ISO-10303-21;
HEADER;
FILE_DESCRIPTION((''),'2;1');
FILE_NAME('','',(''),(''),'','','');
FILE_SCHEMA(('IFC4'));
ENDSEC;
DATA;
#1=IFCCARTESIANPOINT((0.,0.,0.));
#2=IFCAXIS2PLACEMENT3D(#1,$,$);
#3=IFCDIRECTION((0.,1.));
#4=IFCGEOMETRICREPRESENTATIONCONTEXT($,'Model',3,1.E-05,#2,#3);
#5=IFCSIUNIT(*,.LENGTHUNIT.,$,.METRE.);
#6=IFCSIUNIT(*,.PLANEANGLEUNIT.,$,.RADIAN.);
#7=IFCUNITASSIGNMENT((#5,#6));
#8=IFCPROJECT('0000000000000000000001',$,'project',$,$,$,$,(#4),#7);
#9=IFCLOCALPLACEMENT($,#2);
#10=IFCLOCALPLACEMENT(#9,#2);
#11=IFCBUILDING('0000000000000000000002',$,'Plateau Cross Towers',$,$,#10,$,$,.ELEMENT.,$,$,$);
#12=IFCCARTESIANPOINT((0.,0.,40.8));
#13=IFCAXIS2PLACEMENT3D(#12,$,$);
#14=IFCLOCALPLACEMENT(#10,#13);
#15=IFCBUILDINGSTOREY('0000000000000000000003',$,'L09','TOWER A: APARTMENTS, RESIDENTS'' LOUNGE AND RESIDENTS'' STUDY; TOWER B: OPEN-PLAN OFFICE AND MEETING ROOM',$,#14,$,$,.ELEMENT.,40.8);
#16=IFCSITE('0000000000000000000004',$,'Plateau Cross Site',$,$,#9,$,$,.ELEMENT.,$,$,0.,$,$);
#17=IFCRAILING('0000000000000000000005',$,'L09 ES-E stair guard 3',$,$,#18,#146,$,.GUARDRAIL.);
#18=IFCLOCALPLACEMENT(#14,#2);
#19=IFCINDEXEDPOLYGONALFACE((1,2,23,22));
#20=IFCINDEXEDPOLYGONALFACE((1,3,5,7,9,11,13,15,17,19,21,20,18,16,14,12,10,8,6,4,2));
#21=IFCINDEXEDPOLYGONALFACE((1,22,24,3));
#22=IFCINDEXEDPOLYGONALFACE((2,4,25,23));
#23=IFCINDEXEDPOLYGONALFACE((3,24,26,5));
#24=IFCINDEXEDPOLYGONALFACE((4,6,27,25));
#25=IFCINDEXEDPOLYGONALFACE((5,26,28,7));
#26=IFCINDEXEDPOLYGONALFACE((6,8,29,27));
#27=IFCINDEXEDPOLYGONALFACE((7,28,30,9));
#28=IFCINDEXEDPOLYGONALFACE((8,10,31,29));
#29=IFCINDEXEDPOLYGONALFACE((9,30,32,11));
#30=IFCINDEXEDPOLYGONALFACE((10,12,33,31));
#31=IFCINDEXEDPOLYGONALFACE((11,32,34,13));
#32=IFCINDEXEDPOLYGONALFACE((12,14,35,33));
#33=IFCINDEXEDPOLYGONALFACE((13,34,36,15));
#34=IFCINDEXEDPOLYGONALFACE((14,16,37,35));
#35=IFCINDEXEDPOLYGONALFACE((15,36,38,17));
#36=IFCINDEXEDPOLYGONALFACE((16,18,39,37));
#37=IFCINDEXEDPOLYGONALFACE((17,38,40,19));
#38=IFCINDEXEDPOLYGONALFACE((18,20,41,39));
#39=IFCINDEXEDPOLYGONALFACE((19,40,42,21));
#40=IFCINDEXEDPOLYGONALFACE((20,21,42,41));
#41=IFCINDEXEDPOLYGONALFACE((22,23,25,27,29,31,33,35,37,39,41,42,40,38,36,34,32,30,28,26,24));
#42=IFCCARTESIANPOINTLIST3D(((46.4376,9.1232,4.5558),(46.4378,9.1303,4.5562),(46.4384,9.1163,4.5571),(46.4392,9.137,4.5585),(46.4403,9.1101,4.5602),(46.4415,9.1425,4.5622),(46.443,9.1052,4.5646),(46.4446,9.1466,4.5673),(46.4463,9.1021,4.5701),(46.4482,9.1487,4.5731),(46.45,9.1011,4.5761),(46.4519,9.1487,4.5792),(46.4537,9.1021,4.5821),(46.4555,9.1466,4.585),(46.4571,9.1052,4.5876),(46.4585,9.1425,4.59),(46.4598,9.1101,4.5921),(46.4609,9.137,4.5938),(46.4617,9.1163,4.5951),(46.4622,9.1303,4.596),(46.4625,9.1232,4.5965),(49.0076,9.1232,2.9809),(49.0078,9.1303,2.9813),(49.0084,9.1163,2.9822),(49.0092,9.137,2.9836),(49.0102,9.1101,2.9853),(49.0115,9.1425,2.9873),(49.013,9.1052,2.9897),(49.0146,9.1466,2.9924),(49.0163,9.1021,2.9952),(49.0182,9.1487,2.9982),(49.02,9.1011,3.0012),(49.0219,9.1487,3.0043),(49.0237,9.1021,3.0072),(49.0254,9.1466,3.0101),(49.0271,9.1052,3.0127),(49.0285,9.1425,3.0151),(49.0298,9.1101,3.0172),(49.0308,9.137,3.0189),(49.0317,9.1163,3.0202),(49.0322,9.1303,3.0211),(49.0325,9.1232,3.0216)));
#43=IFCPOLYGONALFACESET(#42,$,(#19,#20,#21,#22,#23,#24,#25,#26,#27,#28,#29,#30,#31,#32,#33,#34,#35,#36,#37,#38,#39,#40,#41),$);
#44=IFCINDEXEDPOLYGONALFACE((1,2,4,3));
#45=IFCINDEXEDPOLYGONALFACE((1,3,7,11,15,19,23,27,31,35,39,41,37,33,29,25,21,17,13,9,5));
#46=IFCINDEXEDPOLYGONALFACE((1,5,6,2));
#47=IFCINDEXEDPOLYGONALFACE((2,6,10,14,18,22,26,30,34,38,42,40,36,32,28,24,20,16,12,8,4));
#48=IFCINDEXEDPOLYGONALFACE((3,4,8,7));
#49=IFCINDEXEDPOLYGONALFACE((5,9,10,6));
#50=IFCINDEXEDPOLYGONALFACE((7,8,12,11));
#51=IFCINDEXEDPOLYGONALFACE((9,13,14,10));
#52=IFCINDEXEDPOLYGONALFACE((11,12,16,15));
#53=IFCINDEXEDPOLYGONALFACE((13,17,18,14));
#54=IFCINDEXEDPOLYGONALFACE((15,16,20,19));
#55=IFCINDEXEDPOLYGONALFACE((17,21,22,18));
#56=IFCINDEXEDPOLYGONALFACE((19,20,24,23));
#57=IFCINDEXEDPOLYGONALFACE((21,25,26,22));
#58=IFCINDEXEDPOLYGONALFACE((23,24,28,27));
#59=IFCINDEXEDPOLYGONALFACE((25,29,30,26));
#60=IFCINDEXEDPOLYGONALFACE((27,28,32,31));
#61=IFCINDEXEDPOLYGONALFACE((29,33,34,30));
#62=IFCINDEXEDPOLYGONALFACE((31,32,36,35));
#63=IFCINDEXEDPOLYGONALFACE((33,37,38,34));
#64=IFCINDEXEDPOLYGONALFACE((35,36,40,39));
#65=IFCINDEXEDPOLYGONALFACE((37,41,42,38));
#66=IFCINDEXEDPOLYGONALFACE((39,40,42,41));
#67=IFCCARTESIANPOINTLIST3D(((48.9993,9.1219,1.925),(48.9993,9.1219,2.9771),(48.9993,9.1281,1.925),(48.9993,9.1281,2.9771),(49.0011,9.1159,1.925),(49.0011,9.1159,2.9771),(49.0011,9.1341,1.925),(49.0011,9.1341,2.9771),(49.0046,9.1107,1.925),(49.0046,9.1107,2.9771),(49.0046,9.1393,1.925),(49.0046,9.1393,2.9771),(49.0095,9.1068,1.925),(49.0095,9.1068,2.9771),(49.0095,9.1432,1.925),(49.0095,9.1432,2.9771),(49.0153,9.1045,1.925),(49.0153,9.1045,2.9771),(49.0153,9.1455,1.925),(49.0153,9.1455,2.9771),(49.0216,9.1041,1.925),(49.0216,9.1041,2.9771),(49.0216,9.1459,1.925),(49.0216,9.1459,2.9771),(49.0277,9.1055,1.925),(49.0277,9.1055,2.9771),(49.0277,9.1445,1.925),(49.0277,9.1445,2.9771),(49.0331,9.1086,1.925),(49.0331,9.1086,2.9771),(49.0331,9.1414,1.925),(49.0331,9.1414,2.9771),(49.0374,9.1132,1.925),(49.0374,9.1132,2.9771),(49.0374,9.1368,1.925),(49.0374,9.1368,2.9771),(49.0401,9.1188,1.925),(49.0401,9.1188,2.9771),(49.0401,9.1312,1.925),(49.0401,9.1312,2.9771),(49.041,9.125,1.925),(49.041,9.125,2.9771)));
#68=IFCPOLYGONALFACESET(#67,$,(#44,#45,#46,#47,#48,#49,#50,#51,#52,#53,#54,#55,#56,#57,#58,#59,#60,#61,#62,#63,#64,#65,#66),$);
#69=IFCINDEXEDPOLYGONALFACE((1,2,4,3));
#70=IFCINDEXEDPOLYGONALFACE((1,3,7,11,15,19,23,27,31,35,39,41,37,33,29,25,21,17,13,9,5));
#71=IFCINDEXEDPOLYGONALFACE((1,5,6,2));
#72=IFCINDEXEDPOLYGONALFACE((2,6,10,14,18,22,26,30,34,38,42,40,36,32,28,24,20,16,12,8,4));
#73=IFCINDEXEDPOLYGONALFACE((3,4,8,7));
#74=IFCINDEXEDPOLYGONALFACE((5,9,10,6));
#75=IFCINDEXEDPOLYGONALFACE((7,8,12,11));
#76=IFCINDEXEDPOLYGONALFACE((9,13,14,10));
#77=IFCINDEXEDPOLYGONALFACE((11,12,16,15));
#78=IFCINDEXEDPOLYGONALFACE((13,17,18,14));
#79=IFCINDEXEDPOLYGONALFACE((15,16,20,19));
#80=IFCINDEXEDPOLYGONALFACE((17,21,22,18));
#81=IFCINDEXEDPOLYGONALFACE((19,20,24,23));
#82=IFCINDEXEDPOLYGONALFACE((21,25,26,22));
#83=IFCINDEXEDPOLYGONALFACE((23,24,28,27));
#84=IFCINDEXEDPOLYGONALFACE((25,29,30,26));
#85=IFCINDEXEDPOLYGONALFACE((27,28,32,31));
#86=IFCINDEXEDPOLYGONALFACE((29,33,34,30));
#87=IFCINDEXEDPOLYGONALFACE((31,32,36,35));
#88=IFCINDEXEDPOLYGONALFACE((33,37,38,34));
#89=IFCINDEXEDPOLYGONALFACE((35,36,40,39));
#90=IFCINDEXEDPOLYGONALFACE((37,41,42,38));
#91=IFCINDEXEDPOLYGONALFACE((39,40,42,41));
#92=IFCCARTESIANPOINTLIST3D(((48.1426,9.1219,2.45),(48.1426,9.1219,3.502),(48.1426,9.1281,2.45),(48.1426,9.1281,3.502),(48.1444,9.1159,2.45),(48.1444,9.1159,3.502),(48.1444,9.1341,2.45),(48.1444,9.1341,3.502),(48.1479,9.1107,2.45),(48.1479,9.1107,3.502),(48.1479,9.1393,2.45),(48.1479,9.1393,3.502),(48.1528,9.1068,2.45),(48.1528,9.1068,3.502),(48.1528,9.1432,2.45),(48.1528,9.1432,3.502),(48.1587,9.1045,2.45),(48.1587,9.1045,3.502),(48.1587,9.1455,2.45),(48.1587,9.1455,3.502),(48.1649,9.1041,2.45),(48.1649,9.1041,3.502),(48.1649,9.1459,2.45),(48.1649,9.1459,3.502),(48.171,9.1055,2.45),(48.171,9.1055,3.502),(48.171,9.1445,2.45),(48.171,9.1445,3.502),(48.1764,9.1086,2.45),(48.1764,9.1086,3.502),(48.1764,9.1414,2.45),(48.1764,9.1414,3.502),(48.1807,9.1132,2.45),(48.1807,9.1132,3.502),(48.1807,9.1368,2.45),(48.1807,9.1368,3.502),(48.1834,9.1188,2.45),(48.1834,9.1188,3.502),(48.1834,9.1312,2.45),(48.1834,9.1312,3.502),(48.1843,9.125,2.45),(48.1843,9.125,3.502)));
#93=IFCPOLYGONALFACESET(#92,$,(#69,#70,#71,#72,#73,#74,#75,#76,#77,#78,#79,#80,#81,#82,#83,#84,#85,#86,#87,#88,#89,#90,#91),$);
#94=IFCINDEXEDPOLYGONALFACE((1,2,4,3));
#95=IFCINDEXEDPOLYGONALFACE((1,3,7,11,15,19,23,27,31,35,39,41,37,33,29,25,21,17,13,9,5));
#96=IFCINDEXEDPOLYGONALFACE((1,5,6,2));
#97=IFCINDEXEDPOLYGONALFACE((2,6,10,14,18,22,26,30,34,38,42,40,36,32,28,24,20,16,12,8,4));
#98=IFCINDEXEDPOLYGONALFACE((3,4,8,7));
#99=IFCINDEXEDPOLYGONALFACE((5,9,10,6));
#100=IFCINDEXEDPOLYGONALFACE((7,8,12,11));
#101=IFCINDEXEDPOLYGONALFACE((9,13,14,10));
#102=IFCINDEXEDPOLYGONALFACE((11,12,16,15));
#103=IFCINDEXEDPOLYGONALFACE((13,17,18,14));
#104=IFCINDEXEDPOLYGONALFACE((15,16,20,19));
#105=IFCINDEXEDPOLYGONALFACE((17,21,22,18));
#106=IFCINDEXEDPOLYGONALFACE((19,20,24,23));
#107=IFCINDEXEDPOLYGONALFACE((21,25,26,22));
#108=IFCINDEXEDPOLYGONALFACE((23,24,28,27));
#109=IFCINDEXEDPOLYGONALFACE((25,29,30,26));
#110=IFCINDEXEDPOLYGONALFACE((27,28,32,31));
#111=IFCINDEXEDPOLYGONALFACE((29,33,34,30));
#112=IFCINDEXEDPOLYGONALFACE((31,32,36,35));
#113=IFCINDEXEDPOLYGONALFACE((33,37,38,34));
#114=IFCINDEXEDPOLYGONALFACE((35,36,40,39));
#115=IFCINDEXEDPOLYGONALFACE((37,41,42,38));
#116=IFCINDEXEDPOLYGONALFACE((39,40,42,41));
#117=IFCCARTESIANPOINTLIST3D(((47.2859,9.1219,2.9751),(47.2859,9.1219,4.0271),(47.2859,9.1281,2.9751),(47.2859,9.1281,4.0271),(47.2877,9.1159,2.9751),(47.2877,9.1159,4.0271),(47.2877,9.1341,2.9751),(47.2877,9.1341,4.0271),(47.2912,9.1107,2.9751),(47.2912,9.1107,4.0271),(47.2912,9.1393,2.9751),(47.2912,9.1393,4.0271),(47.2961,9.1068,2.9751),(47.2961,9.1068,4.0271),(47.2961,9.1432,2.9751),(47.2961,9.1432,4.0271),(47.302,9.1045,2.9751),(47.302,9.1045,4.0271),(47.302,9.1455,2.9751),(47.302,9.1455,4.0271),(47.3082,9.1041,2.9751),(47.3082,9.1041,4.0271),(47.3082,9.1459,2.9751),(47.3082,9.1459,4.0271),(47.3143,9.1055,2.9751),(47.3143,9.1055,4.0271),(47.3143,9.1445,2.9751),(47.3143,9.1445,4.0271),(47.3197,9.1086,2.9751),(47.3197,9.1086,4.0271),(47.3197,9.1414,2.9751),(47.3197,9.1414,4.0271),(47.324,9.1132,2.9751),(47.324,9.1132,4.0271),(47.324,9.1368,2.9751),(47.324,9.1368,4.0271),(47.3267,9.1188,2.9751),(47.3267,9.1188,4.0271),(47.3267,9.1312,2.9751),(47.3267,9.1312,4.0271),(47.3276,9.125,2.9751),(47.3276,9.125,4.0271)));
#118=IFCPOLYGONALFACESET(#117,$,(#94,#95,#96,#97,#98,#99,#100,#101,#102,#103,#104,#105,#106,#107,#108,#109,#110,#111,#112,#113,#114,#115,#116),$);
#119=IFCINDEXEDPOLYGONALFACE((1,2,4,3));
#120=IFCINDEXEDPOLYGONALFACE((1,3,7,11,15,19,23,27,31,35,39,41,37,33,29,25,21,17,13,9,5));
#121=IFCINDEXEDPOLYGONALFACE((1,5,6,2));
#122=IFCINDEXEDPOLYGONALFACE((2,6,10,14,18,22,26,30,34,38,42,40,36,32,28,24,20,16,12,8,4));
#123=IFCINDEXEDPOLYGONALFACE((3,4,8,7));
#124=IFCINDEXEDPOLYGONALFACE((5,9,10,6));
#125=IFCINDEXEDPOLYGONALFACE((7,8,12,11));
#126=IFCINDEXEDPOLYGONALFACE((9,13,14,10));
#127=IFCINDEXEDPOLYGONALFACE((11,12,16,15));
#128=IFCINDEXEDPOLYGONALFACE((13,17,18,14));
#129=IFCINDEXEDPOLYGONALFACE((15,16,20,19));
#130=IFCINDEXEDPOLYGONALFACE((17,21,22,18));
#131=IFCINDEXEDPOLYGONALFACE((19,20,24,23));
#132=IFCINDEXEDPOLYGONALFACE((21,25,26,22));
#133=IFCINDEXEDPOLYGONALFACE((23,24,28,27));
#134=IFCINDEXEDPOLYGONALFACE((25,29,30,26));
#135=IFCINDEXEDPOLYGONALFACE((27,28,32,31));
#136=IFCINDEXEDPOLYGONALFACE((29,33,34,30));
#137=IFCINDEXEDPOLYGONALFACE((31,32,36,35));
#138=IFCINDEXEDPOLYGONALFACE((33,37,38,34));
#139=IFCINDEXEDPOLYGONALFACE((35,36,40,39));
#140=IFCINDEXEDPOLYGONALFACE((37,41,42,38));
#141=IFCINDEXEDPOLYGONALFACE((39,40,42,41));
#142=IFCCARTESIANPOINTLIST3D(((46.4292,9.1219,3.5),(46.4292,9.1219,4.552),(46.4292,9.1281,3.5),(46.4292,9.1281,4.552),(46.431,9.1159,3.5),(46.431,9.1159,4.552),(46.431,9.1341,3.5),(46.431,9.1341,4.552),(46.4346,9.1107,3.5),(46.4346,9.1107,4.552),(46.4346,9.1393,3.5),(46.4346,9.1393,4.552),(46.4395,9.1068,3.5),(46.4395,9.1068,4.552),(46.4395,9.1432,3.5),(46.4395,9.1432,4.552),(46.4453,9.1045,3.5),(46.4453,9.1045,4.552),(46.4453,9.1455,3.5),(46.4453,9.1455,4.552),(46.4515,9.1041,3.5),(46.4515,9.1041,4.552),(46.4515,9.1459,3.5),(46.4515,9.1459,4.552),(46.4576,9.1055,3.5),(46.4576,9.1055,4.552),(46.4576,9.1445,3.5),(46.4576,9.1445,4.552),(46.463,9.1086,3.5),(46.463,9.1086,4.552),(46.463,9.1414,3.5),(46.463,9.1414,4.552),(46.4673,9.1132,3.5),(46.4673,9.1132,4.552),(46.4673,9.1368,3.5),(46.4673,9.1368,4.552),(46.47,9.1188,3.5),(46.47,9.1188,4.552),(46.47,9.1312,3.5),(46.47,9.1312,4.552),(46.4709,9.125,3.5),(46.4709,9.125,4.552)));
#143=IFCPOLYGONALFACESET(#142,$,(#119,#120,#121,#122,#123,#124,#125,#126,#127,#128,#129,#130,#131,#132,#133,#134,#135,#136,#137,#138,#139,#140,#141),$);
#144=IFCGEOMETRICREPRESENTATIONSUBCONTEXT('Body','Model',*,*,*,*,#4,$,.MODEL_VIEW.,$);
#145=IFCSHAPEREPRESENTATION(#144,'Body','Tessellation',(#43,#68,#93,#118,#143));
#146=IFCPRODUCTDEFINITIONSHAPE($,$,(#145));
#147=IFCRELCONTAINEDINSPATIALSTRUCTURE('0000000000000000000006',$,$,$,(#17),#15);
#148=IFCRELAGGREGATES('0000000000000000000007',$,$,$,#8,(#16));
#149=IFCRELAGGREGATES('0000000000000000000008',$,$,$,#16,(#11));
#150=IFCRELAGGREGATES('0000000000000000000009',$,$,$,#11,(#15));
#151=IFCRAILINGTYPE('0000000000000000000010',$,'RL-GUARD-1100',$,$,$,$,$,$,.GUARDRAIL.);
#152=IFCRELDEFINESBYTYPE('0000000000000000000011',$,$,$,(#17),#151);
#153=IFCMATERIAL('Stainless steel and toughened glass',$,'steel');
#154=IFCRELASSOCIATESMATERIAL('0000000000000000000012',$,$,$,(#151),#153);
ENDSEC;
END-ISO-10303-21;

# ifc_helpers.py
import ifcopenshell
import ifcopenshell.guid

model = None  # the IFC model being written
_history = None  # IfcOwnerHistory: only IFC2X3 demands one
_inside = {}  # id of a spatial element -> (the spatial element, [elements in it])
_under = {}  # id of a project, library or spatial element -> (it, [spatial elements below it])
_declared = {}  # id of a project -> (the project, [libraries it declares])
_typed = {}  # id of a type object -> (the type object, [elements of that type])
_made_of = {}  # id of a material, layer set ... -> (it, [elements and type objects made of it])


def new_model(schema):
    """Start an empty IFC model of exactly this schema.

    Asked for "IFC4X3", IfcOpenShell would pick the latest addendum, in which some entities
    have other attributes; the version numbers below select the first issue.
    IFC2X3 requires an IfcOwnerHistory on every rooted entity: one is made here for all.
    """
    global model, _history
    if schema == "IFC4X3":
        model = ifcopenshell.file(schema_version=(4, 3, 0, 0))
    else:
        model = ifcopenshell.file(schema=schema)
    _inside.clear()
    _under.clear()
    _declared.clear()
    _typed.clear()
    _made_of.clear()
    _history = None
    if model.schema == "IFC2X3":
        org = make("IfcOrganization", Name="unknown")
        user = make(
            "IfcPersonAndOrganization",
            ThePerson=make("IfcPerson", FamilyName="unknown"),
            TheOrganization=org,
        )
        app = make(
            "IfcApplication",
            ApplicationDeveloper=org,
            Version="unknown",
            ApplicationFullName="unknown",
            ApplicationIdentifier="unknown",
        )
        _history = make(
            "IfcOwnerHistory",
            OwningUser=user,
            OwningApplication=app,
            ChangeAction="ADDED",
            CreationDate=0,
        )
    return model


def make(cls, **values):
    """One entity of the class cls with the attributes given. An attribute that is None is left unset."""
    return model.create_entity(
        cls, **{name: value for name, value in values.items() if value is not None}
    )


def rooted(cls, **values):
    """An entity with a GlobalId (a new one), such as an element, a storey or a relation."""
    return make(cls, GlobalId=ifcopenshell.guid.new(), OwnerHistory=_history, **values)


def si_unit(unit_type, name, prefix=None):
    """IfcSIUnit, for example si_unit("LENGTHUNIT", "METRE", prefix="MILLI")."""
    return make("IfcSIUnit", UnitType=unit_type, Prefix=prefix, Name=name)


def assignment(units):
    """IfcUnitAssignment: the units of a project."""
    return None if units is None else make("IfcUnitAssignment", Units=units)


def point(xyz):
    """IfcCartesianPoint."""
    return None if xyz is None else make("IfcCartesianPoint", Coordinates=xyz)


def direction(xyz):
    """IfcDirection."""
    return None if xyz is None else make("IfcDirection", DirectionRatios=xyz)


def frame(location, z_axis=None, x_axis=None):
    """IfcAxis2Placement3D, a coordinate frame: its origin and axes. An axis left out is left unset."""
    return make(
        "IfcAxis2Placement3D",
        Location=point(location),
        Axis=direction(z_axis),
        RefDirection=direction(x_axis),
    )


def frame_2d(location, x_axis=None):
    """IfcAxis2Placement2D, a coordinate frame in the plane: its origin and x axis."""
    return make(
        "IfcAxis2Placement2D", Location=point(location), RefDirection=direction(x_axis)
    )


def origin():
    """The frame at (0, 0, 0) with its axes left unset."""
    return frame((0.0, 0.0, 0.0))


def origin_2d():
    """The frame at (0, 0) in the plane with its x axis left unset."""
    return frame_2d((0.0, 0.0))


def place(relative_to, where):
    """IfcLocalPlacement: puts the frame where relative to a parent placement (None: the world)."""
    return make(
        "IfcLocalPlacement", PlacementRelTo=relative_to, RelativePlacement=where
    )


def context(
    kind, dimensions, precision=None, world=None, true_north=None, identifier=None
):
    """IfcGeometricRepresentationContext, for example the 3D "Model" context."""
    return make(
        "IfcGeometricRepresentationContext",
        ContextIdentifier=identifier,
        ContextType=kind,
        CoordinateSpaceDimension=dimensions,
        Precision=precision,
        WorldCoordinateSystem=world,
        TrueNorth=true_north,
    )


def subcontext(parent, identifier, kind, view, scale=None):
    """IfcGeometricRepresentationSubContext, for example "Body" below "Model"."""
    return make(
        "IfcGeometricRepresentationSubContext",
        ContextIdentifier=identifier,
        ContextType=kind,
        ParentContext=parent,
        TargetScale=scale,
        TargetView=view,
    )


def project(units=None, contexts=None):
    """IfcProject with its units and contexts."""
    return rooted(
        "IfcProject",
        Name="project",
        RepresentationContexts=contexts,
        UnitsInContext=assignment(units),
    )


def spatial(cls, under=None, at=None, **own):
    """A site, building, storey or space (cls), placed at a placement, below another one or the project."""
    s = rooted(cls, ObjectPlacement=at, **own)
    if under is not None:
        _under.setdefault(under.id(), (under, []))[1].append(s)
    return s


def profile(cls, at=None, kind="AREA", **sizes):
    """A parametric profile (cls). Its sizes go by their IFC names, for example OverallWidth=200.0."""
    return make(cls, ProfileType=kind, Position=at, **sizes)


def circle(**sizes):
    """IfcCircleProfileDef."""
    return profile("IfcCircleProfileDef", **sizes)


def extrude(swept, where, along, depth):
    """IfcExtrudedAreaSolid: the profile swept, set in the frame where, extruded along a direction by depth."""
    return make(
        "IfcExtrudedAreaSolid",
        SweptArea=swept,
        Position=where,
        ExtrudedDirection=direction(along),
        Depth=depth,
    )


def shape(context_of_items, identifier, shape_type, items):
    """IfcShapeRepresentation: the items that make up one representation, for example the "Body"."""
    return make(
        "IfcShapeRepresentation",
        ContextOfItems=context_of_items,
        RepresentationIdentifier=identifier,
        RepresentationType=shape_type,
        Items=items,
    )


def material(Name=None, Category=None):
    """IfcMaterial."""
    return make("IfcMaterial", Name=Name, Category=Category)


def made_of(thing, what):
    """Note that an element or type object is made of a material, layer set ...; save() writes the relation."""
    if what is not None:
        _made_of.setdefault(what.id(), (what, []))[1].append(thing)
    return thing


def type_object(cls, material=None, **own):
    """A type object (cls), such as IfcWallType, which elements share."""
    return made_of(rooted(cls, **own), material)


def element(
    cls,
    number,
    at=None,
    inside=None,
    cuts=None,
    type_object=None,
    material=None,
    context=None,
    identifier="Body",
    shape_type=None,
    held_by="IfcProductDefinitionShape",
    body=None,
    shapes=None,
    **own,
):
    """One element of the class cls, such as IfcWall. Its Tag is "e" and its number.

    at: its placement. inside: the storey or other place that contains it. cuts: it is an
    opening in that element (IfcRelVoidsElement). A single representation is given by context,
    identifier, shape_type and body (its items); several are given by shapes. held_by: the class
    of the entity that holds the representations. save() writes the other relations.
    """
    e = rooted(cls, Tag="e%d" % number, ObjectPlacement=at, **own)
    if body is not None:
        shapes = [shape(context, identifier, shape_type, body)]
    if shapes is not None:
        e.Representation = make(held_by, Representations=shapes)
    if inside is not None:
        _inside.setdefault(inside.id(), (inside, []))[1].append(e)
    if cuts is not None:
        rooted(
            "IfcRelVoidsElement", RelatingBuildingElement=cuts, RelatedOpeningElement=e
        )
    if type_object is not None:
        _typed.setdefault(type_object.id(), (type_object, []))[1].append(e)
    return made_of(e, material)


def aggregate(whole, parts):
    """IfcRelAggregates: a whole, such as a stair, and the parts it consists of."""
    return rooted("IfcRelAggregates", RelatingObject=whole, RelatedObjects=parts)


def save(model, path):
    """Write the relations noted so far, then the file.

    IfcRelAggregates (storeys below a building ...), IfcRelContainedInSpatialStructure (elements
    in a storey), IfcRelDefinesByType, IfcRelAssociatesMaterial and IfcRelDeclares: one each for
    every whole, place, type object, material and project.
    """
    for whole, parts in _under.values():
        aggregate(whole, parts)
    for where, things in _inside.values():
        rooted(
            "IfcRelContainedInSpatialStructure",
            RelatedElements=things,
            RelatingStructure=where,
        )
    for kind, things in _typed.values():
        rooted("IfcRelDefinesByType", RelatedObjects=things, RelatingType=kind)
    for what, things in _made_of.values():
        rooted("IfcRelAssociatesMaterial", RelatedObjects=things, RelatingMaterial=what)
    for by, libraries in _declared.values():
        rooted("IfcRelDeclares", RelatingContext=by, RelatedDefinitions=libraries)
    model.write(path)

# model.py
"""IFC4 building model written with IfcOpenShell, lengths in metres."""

from ifc_helpers import new_model, si_unit, direction, frame, origin, origin_2d, place, context, subcontext, project, spatial, circle, extrude, material, type_object, element, save


model = new_model("IFC4")

# Units and contexts
model_context = context("Model", 3, precision=1e-05, world=origin(), true_north=direction((0.0, 1.0)))
body_context = subcontext(model_context, "Body", "Model", "MODEL_VIEW")
ifc_project = project(units=[si_unit("LENGTHUNIT", "METRE"), si_unit("PLANEANGLEUNIT", "RADIAN")], contexts=[model_context])

# Site, building, storey
site_placement = place(None, origin())
site = spatial("IfcSite", under=ifc_project, at=site_placement, Name="Plateau Cross Site", CompositionType="ELEMENT", RefElevation=0.0)
building_placement = place(site_placement, origin())
building = spatial("IfcBuilding", under=site, at=building_placement, Name="Plateau Cross Towers", CompositionType="ELEMENT")
storey_placement = place(building_placement, frame((0.0, 0.0, 40.8)))
storey = spatial("IfcBuildingStorey", under=building, at=storey_placement, Name="L09", Description="TOWER A: APARTMENTS, RESIDENTS' LOUNGE AND RESIDENTS' STUDY; TOWER B: OPEN-PLAN OFFICE AND MEETING ROOM", CompositionType="ELEMENT", Elevation=40.8)

# Railing
ifc_material_1 = material(Name="Stainless steel and toughened glass", Category="steel")
railing_type_1 = type_object("IfcRailingType", Name="RL-GUARD-1100", PredefinedType="GUARDRAIL", material=ifc_material_1)
railing_1_placement = place(storey_placement, frame((49.02, 9.125, 1.925)))
element("IfcRailing", 1, at=railing_1_placement, inside=storey, type_object=railing_type_1, Name="L09 ES-E stair guard 3", PredefinedType="GUARDRAIL", context=body_context, shape_type="SweptSolid", body=[
    extrude(circle(Radius=0.0239, at=origin_2d()), frame((0.0, 0.0, 1.0762), z_axis=(-0.852639, 0.0, 0.522501), x_axis=(0.0, -1.0, 0.0)), (0.0, 0.0, 1.0), 3.0142),
    extrude(circle(Radius=0.021, at=origin_2d()), origin(), (0.0, 0.0, 1.0), 1.052),
    extrude(circle(Radius=0.021, at=origin_2d()), frame((-0.8567, 0.0, 0.5249)), (0.0, 0.0, 1.0), 1.052),
    extrude(circle(Radius=0.021, at=origin_2d()), frame((-1.7134, 0.0, 1.05)), (0.0, 0.0, 1.0), 1.052),
    extrude(circle(Radius=0.021, at=origin_2d()), frame((-2.5701, 0.0, 1.575)), (0.0, 0.0, 1.0), 1.052),
])

save(model, "model.ifc")
